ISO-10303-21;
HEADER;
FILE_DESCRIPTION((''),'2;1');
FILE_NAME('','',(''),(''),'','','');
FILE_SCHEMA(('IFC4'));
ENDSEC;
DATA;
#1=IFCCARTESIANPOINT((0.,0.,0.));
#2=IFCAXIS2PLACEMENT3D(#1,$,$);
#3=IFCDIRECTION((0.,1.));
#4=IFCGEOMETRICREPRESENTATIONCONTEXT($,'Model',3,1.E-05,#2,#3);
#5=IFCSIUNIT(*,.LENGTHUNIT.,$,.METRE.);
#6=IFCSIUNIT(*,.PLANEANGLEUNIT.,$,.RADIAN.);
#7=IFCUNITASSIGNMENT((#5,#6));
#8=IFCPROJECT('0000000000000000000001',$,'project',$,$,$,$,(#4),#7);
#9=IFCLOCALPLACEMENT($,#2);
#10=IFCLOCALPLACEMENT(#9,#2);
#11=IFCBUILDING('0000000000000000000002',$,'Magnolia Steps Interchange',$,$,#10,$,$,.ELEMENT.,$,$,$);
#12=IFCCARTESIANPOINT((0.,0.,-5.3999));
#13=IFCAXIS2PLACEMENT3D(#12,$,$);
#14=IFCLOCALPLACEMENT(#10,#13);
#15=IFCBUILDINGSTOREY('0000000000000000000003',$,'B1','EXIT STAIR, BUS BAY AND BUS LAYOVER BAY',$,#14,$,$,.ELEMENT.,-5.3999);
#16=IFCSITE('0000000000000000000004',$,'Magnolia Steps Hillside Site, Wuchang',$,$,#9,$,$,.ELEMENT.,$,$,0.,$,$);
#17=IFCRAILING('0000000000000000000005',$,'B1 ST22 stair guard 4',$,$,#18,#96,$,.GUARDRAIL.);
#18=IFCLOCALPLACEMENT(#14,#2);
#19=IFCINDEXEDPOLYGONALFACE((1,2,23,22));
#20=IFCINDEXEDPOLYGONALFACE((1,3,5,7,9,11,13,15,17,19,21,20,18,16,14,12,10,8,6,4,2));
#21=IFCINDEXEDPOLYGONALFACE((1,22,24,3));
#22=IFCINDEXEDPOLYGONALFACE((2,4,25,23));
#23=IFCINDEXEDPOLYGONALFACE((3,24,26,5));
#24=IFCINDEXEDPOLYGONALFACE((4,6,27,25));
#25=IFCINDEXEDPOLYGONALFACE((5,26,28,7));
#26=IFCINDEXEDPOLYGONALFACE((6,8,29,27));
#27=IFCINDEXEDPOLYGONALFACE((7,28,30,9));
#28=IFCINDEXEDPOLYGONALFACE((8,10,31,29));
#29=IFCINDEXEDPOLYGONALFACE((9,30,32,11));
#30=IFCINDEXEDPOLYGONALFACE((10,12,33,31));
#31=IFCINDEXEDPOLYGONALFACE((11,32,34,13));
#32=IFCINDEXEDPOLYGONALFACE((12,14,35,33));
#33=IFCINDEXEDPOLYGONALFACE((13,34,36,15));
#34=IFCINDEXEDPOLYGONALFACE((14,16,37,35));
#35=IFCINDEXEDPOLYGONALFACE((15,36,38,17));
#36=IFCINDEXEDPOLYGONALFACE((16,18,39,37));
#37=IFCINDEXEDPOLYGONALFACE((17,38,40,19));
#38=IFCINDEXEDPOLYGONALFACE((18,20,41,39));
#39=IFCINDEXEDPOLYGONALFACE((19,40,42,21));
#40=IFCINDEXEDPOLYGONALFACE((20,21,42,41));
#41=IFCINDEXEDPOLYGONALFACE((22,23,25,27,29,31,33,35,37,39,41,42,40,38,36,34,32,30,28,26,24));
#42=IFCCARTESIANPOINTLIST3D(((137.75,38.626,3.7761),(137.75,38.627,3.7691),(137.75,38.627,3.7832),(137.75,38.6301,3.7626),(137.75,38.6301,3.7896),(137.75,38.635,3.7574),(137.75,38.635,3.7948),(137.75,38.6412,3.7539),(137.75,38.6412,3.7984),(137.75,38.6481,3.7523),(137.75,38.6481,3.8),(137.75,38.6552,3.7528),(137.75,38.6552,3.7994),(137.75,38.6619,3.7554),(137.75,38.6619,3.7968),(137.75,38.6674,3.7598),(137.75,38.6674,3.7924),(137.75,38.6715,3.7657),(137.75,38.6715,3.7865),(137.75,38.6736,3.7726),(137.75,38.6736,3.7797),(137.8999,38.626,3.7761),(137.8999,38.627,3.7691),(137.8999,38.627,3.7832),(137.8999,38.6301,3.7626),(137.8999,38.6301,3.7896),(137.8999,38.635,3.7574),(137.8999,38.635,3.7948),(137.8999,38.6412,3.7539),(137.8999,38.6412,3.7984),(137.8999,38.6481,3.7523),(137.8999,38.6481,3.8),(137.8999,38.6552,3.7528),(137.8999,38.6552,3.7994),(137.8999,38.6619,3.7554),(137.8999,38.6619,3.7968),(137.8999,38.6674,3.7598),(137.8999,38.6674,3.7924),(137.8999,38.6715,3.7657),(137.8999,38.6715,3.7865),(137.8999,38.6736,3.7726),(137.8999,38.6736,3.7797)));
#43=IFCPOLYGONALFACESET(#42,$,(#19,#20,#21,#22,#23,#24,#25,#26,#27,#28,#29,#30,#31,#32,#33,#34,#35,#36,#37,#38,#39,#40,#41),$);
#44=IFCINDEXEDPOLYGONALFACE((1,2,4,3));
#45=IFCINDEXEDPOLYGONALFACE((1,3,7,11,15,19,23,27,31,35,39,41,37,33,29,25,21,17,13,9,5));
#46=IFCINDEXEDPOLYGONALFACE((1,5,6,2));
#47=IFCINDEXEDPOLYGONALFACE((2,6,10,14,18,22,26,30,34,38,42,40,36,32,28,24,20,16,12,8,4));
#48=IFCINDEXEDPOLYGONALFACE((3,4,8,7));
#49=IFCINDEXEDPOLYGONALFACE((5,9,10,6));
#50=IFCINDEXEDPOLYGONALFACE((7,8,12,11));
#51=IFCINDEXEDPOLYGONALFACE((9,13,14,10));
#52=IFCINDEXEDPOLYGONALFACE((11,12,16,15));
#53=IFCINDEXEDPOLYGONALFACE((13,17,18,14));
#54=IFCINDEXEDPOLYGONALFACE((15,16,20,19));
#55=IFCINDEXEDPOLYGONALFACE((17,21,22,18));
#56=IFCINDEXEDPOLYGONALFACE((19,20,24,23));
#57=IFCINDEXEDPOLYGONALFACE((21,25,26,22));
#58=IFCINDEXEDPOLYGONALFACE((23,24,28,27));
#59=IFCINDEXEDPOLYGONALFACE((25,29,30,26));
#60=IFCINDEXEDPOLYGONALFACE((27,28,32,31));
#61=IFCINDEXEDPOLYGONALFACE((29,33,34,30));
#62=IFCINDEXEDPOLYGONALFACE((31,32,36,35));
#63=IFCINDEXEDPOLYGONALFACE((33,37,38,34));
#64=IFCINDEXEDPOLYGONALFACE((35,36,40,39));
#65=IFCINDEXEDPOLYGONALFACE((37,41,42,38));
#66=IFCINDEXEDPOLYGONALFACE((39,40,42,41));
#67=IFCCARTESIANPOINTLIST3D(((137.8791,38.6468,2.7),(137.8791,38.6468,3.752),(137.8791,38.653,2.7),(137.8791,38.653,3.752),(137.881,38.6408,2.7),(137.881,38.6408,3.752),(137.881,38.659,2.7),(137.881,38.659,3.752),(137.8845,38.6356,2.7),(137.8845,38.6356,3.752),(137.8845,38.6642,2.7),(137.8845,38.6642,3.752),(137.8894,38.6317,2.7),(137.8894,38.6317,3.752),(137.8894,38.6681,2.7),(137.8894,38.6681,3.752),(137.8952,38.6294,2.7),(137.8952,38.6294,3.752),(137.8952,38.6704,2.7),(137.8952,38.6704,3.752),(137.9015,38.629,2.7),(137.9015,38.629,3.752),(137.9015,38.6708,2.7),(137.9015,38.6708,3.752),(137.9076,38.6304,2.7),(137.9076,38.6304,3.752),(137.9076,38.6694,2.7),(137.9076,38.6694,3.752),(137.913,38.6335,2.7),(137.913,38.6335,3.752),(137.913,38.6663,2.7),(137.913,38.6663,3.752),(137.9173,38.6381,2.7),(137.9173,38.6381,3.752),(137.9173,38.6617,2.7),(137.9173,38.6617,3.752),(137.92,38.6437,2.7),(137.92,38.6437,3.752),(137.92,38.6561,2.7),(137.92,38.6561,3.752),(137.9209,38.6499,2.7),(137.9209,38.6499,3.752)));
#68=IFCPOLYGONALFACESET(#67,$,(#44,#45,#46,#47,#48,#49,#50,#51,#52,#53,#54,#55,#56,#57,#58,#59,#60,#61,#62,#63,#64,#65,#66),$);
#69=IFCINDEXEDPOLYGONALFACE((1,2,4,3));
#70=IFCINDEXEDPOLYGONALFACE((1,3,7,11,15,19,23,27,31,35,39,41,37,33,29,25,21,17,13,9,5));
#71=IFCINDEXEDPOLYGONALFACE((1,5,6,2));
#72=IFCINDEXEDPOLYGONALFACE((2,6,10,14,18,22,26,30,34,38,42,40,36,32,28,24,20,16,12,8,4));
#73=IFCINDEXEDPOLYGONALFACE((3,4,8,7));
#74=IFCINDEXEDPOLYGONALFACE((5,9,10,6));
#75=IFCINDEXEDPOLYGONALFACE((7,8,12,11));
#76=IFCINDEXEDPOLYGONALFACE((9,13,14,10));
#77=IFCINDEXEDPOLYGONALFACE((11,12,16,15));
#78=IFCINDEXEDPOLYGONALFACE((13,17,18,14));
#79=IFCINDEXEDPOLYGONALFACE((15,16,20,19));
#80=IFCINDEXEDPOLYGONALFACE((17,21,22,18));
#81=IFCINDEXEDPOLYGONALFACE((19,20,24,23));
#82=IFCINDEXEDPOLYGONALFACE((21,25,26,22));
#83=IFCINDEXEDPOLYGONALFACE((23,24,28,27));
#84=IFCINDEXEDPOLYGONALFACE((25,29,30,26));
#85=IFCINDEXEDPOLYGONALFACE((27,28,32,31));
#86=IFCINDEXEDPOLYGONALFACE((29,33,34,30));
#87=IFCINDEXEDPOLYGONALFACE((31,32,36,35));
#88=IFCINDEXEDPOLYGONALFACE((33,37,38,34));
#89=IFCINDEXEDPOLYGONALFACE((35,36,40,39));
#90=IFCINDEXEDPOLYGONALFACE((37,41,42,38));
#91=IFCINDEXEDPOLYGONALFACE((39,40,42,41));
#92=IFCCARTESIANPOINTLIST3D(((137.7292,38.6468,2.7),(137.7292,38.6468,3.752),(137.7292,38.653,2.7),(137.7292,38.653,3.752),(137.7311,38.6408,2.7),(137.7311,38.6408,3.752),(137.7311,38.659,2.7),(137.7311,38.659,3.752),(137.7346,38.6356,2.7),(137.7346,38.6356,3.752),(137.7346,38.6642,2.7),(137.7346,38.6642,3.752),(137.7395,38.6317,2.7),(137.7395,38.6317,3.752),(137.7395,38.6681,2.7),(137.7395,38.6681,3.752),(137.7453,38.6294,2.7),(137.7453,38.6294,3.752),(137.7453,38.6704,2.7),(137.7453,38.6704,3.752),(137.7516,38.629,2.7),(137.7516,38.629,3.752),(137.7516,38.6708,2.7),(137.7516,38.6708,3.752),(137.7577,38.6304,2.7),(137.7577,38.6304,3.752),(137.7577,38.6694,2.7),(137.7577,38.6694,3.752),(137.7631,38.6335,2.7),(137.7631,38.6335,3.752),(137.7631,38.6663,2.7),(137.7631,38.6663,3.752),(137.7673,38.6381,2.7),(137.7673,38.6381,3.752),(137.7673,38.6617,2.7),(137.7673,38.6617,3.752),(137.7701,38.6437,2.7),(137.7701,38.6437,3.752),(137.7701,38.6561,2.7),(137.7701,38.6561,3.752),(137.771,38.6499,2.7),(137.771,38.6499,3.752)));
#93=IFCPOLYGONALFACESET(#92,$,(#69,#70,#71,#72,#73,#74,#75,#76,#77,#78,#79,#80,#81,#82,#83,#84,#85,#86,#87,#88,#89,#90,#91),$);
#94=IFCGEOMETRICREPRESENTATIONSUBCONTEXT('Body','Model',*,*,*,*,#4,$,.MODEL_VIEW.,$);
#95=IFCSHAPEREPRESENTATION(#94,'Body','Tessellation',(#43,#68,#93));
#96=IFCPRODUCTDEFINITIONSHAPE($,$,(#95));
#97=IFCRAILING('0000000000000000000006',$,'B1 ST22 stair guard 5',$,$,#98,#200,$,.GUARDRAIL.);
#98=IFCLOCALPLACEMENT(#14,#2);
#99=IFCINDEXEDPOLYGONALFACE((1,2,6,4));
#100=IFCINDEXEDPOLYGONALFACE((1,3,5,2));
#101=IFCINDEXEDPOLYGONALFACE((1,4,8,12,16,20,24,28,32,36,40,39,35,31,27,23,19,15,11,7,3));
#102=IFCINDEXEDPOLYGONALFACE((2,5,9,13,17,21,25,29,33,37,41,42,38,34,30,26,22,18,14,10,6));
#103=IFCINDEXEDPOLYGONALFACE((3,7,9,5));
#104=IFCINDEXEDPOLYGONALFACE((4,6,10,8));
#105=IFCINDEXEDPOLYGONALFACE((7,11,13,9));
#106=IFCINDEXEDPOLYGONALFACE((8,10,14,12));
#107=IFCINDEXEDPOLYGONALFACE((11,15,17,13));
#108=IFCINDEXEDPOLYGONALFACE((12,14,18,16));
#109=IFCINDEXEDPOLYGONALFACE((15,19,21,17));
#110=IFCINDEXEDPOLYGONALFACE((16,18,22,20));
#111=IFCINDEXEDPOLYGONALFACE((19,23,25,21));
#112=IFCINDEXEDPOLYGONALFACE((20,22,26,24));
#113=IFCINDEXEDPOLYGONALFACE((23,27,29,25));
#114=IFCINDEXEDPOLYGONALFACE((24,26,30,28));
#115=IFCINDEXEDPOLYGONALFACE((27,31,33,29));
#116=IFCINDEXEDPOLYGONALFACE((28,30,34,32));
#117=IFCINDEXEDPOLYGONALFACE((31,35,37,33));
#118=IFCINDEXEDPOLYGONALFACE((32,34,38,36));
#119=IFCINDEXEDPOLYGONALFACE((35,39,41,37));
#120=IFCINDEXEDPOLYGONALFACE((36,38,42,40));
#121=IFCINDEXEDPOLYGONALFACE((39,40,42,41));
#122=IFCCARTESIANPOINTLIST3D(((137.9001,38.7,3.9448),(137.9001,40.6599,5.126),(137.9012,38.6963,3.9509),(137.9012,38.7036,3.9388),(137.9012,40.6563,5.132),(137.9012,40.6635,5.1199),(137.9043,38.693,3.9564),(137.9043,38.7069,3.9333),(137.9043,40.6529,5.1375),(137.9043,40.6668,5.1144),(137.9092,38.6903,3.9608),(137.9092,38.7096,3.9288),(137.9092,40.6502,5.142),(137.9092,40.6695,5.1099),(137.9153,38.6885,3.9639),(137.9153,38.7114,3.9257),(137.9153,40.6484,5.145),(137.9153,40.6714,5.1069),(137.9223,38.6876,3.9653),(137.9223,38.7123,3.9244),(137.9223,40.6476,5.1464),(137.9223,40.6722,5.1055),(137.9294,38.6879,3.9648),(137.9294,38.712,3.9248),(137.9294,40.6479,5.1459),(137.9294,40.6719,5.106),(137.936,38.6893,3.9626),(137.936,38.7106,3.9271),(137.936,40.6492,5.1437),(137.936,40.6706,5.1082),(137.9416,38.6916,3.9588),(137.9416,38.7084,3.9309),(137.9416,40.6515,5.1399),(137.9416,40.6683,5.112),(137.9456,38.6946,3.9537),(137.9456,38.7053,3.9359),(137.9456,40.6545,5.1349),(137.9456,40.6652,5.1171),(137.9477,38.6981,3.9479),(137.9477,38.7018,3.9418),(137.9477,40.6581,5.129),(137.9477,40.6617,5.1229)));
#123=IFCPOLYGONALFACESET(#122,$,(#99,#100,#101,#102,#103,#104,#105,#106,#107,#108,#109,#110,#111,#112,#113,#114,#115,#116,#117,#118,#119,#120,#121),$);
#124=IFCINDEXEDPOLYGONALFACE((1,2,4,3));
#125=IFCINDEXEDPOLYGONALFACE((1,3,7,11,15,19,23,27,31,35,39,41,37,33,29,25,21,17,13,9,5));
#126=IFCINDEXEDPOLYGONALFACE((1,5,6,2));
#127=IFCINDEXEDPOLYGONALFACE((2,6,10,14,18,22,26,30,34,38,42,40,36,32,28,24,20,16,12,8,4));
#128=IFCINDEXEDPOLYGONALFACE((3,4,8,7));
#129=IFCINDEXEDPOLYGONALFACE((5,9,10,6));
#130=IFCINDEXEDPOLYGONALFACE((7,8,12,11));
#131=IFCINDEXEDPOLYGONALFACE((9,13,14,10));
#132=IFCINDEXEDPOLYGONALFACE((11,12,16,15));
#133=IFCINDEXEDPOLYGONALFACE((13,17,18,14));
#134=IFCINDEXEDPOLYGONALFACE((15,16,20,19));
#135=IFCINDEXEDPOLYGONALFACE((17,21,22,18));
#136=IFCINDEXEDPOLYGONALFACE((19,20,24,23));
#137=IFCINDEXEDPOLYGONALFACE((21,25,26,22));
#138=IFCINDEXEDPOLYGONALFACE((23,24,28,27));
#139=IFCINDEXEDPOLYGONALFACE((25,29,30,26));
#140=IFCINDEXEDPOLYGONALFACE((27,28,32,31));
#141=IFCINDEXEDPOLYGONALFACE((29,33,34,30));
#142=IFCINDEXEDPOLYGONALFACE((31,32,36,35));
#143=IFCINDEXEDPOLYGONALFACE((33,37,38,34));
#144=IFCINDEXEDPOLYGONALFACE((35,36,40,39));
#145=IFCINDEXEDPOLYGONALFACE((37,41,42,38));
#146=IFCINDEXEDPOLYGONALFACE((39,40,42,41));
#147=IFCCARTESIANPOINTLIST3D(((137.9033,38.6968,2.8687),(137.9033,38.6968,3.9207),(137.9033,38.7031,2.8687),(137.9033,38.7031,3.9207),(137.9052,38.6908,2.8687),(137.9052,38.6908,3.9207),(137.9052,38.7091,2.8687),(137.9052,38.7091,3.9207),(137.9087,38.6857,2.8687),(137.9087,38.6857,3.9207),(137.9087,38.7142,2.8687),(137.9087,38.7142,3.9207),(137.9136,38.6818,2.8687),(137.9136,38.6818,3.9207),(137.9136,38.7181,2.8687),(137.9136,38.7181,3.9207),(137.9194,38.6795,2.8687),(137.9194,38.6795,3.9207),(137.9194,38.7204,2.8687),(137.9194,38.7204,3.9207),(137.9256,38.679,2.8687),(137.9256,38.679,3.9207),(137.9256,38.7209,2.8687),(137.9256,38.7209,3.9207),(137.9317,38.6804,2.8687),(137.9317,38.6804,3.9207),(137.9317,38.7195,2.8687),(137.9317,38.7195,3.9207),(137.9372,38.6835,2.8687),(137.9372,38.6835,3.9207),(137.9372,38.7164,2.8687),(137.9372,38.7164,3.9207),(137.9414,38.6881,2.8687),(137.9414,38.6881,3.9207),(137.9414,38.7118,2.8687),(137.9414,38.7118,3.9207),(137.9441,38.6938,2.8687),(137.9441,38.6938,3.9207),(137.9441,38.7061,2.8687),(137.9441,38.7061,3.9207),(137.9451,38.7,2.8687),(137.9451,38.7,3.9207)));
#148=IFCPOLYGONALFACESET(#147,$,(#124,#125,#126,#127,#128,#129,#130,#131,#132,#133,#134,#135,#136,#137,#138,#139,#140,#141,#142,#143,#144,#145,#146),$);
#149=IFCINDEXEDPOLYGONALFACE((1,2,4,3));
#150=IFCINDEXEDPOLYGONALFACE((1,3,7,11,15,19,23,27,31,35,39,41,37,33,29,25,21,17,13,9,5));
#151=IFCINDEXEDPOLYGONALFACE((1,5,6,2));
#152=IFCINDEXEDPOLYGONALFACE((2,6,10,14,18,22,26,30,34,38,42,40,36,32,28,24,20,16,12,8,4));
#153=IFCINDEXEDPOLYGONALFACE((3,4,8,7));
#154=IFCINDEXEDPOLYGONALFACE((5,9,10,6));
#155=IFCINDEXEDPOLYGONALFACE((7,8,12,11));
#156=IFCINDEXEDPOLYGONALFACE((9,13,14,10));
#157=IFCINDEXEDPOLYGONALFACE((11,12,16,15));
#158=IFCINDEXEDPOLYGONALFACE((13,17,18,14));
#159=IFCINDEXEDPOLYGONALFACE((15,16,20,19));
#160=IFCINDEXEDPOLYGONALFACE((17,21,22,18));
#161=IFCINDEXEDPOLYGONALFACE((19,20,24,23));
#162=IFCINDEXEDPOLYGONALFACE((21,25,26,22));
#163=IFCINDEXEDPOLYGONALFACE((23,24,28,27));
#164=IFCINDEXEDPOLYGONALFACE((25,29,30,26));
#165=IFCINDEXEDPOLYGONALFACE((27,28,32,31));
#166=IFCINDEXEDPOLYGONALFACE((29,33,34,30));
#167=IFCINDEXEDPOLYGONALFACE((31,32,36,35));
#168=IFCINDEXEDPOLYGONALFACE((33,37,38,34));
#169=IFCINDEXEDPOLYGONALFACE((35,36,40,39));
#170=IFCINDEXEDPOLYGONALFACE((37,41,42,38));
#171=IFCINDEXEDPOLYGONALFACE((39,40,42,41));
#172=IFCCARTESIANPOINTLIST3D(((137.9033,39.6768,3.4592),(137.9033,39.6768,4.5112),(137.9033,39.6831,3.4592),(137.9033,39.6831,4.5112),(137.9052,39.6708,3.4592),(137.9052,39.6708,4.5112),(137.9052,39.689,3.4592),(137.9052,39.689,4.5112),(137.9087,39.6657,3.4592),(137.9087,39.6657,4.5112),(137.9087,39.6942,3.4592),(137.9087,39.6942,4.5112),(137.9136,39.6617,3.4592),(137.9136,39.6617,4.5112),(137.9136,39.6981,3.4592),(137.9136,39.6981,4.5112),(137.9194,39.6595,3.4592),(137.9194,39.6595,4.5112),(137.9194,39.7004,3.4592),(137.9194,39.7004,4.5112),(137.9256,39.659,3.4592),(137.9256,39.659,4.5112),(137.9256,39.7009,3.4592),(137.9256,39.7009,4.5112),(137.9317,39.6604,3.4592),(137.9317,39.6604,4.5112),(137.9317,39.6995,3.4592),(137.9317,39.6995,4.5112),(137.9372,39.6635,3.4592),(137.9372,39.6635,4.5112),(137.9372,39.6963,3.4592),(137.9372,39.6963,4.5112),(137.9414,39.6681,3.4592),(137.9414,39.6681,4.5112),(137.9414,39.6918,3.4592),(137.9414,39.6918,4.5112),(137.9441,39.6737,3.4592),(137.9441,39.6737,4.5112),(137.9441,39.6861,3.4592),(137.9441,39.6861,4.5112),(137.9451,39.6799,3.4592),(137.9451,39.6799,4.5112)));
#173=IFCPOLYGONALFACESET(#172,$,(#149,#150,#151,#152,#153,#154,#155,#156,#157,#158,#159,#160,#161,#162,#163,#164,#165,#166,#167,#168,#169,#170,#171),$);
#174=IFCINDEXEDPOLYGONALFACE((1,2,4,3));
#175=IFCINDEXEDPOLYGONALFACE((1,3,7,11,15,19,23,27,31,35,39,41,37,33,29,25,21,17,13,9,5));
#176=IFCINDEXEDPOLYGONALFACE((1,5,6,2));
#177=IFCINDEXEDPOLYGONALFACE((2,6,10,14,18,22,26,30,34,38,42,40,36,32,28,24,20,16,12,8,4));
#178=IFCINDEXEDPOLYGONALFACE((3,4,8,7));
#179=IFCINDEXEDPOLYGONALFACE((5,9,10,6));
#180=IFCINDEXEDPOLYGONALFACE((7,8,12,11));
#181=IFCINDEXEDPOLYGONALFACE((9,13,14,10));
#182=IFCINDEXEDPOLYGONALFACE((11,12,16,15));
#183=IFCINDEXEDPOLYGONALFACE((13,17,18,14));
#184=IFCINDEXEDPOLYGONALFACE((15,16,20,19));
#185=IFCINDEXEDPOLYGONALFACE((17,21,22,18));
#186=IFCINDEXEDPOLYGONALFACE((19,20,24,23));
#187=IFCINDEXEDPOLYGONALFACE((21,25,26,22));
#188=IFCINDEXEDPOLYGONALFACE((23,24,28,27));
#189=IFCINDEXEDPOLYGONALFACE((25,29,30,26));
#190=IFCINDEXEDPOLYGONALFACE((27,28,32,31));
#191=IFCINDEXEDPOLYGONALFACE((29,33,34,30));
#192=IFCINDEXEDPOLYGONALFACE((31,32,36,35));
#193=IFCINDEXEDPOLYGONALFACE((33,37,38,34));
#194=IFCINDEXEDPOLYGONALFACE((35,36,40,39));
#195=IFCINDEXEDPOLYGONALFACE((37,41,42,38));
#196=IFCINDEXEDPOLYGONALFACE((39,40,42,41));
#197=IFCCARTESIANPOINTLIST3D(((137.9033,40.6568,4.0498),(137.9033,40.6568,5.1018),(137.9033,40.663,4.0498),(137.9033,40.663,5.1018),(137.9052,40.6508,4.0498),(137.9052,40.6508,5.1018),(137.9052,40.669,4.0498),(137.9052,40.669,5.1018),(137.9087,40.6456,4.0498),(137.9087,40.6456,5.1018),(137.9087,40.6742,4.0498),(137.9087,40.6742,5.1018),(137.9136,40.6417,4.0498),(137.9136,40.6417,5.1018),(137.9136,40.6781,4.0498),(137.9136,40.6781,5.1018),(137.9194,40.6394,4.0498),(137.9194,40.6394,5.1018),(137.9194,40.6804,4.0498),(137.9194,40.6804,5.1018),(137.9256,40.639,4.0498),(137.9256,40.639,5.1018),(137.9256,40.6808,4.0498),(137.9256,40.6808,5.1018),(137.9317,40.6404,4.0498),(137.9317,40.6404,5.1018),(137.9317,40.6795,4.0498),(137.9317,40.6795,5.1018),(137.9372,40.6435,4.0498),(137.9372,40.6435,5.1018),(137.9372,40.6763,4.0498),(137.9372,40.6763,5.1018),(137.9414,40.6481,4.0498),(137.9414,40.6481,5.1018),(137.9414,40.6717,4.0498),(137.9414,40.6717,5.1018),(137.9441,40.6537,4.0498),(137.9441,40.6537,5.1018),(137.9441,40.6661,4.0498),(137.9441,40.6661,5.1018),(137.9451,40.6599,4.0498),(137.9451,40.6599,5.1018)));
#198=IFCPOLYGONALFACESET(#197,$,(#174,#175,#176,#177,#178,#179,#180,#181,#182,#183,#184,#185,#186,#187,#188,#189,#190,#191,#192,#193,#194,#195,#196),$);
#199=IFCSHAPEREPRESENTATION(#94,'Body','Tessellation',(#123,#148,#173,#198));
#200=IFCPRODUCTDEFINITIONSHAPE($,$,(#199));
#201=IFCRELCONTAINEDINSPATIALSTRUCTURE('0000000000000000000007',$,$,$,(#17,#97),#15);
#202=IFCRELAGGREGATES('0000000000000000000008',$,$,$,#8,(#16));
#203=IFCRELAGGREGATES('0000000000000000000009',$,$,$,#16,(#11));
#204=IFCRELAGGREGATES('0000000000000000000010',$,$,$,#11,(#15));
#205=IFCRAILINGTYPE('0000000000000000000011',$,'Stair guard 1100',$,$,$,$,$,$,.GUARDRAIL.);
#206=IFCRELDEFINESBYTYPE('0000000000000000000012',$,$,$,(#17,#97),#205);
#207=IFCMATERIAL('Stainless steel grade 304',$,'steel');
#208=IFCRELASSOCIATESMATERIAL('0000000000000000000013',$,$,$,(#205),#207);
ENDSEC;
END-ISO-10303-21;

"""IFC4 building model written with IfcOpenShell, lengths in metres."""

from ifc_helpers import new_model, si_unit, direction, frame, origin, origin_2d, place, context, subcontext, project, spatial, circle, extrude, material, type_object, element, save


model = new_model("IFC4")

# Units and contexts
model_context = context("Model", 3, precision=1e-05, world=origin(), true_north=direction((0.0, 1.0)))
body_context = subcontext(model_context, "Body", "Model", "MODEL_VIEW")
ifc_project = project(units=[si_unit("LENGTHUNIT", "METRE"), si_unit("PLANEANGLEUNIT", "RADIAN")], contexts=[model_context])

# Site, building, storey
site_placement = place(None, origin())
site = spatial("IfcSite", under=ifc_project, at=site_placement, Name="Magnolia Steps Hillside Site, Wuchang", CompositionType="ELEMENT", RefElevation=0.0)
building_placement = place(site_placement, origin())
building = spatial("IfcBuilding", under=site, at=building_placement, Name="Magnolia Steps Interchange", CompositionType="ELEMENT")
storey_placement = place(building_placement, frame((0.0, 0.0, -5.3999)))
storey = spatial("IfcBuildingStorey", under=building, at=storey_placement, Name="B1", Description="EXIT STAIR, BUS BAY AND BUS LAYOVER BAY", CompositionType="ELEMENT", Elevation=-5.3999)

# Railings
ifc_material_1 = material(Name="Stainless steel grade 304", Category="steel")
railing_type_1 = type_object("IfcRailingType", Name="Stair guard 1100", PredefinedType="GUARDRAIL", material=ifc_material_1)
railing_1_placement = place(storey_placement, frame((137.8999, 38.6499, 2.7)))
element("IfcRailing", 1, at=railing_1_placement, inside=storey, type_object=railing_type_1, Name="B1 ST22 stair guard 4", PredefinedType="GUARDRAIL", context=body_context, shape_type="SweptSolid", body=[
    extrude(circle(Radius=0.0239, at=origin_2d()), frame((0.0, 0.0, 1.0762), z_axis=(-1.0, 0.0, 0.0), x_axis=(0.0, -1.0, 0.0)), (0.0, 0.0, 1.0), 0.1499),
    extrude(circle(Radius=0.021, at=origin_2d()), origin(), (0.0, 0.0, 1.0), 1.052),
    extrude(circle(Radius=0.021, at=origin_2d()), frame((-0.1499, 0.0, 0.0)), (0.0, 0.0, 1.0), 1.052),
])
railing_2_placement = place(storey_placement, frame((137.9241, 38.7, 2.8687)))
element("IfcRailing", 2, at=railing_2_placement, inside=storey, type_object=railing_type_1, Name="B1 ST22 stair guard 5", PredefinedType="GUARDRAIL", context=body_context, shape_type="SweptSolid", body=[
    extrude(circle(Radius=0.0239, at=origin_2d()), frame((0.0, 0.0, 1.0762), z_axis=(0.0, 0.856493, 0.516158), x_axis=(-1.0, 0.0, 0.0)), (0.0, 0.0, 1.0), 2.2883),
    extrude(circle(Radius=0.021, at=origin_2d()), origin(), (0.0, 0.0, 1.0), 1.052),
    extrude(circle(Radius=0.021, at=origin_2d()), frame((0.0, 0.98, 0.5906)), (0.0, 0.0, 1.0), 1.052),
    extrude(circle(Radius=0.021, at=origin_2d()), frame((0.0, 1.96, 1.1812)), (0.0, 0.0, 1.0), 1.052),
])

save(model, "model.ifc")
